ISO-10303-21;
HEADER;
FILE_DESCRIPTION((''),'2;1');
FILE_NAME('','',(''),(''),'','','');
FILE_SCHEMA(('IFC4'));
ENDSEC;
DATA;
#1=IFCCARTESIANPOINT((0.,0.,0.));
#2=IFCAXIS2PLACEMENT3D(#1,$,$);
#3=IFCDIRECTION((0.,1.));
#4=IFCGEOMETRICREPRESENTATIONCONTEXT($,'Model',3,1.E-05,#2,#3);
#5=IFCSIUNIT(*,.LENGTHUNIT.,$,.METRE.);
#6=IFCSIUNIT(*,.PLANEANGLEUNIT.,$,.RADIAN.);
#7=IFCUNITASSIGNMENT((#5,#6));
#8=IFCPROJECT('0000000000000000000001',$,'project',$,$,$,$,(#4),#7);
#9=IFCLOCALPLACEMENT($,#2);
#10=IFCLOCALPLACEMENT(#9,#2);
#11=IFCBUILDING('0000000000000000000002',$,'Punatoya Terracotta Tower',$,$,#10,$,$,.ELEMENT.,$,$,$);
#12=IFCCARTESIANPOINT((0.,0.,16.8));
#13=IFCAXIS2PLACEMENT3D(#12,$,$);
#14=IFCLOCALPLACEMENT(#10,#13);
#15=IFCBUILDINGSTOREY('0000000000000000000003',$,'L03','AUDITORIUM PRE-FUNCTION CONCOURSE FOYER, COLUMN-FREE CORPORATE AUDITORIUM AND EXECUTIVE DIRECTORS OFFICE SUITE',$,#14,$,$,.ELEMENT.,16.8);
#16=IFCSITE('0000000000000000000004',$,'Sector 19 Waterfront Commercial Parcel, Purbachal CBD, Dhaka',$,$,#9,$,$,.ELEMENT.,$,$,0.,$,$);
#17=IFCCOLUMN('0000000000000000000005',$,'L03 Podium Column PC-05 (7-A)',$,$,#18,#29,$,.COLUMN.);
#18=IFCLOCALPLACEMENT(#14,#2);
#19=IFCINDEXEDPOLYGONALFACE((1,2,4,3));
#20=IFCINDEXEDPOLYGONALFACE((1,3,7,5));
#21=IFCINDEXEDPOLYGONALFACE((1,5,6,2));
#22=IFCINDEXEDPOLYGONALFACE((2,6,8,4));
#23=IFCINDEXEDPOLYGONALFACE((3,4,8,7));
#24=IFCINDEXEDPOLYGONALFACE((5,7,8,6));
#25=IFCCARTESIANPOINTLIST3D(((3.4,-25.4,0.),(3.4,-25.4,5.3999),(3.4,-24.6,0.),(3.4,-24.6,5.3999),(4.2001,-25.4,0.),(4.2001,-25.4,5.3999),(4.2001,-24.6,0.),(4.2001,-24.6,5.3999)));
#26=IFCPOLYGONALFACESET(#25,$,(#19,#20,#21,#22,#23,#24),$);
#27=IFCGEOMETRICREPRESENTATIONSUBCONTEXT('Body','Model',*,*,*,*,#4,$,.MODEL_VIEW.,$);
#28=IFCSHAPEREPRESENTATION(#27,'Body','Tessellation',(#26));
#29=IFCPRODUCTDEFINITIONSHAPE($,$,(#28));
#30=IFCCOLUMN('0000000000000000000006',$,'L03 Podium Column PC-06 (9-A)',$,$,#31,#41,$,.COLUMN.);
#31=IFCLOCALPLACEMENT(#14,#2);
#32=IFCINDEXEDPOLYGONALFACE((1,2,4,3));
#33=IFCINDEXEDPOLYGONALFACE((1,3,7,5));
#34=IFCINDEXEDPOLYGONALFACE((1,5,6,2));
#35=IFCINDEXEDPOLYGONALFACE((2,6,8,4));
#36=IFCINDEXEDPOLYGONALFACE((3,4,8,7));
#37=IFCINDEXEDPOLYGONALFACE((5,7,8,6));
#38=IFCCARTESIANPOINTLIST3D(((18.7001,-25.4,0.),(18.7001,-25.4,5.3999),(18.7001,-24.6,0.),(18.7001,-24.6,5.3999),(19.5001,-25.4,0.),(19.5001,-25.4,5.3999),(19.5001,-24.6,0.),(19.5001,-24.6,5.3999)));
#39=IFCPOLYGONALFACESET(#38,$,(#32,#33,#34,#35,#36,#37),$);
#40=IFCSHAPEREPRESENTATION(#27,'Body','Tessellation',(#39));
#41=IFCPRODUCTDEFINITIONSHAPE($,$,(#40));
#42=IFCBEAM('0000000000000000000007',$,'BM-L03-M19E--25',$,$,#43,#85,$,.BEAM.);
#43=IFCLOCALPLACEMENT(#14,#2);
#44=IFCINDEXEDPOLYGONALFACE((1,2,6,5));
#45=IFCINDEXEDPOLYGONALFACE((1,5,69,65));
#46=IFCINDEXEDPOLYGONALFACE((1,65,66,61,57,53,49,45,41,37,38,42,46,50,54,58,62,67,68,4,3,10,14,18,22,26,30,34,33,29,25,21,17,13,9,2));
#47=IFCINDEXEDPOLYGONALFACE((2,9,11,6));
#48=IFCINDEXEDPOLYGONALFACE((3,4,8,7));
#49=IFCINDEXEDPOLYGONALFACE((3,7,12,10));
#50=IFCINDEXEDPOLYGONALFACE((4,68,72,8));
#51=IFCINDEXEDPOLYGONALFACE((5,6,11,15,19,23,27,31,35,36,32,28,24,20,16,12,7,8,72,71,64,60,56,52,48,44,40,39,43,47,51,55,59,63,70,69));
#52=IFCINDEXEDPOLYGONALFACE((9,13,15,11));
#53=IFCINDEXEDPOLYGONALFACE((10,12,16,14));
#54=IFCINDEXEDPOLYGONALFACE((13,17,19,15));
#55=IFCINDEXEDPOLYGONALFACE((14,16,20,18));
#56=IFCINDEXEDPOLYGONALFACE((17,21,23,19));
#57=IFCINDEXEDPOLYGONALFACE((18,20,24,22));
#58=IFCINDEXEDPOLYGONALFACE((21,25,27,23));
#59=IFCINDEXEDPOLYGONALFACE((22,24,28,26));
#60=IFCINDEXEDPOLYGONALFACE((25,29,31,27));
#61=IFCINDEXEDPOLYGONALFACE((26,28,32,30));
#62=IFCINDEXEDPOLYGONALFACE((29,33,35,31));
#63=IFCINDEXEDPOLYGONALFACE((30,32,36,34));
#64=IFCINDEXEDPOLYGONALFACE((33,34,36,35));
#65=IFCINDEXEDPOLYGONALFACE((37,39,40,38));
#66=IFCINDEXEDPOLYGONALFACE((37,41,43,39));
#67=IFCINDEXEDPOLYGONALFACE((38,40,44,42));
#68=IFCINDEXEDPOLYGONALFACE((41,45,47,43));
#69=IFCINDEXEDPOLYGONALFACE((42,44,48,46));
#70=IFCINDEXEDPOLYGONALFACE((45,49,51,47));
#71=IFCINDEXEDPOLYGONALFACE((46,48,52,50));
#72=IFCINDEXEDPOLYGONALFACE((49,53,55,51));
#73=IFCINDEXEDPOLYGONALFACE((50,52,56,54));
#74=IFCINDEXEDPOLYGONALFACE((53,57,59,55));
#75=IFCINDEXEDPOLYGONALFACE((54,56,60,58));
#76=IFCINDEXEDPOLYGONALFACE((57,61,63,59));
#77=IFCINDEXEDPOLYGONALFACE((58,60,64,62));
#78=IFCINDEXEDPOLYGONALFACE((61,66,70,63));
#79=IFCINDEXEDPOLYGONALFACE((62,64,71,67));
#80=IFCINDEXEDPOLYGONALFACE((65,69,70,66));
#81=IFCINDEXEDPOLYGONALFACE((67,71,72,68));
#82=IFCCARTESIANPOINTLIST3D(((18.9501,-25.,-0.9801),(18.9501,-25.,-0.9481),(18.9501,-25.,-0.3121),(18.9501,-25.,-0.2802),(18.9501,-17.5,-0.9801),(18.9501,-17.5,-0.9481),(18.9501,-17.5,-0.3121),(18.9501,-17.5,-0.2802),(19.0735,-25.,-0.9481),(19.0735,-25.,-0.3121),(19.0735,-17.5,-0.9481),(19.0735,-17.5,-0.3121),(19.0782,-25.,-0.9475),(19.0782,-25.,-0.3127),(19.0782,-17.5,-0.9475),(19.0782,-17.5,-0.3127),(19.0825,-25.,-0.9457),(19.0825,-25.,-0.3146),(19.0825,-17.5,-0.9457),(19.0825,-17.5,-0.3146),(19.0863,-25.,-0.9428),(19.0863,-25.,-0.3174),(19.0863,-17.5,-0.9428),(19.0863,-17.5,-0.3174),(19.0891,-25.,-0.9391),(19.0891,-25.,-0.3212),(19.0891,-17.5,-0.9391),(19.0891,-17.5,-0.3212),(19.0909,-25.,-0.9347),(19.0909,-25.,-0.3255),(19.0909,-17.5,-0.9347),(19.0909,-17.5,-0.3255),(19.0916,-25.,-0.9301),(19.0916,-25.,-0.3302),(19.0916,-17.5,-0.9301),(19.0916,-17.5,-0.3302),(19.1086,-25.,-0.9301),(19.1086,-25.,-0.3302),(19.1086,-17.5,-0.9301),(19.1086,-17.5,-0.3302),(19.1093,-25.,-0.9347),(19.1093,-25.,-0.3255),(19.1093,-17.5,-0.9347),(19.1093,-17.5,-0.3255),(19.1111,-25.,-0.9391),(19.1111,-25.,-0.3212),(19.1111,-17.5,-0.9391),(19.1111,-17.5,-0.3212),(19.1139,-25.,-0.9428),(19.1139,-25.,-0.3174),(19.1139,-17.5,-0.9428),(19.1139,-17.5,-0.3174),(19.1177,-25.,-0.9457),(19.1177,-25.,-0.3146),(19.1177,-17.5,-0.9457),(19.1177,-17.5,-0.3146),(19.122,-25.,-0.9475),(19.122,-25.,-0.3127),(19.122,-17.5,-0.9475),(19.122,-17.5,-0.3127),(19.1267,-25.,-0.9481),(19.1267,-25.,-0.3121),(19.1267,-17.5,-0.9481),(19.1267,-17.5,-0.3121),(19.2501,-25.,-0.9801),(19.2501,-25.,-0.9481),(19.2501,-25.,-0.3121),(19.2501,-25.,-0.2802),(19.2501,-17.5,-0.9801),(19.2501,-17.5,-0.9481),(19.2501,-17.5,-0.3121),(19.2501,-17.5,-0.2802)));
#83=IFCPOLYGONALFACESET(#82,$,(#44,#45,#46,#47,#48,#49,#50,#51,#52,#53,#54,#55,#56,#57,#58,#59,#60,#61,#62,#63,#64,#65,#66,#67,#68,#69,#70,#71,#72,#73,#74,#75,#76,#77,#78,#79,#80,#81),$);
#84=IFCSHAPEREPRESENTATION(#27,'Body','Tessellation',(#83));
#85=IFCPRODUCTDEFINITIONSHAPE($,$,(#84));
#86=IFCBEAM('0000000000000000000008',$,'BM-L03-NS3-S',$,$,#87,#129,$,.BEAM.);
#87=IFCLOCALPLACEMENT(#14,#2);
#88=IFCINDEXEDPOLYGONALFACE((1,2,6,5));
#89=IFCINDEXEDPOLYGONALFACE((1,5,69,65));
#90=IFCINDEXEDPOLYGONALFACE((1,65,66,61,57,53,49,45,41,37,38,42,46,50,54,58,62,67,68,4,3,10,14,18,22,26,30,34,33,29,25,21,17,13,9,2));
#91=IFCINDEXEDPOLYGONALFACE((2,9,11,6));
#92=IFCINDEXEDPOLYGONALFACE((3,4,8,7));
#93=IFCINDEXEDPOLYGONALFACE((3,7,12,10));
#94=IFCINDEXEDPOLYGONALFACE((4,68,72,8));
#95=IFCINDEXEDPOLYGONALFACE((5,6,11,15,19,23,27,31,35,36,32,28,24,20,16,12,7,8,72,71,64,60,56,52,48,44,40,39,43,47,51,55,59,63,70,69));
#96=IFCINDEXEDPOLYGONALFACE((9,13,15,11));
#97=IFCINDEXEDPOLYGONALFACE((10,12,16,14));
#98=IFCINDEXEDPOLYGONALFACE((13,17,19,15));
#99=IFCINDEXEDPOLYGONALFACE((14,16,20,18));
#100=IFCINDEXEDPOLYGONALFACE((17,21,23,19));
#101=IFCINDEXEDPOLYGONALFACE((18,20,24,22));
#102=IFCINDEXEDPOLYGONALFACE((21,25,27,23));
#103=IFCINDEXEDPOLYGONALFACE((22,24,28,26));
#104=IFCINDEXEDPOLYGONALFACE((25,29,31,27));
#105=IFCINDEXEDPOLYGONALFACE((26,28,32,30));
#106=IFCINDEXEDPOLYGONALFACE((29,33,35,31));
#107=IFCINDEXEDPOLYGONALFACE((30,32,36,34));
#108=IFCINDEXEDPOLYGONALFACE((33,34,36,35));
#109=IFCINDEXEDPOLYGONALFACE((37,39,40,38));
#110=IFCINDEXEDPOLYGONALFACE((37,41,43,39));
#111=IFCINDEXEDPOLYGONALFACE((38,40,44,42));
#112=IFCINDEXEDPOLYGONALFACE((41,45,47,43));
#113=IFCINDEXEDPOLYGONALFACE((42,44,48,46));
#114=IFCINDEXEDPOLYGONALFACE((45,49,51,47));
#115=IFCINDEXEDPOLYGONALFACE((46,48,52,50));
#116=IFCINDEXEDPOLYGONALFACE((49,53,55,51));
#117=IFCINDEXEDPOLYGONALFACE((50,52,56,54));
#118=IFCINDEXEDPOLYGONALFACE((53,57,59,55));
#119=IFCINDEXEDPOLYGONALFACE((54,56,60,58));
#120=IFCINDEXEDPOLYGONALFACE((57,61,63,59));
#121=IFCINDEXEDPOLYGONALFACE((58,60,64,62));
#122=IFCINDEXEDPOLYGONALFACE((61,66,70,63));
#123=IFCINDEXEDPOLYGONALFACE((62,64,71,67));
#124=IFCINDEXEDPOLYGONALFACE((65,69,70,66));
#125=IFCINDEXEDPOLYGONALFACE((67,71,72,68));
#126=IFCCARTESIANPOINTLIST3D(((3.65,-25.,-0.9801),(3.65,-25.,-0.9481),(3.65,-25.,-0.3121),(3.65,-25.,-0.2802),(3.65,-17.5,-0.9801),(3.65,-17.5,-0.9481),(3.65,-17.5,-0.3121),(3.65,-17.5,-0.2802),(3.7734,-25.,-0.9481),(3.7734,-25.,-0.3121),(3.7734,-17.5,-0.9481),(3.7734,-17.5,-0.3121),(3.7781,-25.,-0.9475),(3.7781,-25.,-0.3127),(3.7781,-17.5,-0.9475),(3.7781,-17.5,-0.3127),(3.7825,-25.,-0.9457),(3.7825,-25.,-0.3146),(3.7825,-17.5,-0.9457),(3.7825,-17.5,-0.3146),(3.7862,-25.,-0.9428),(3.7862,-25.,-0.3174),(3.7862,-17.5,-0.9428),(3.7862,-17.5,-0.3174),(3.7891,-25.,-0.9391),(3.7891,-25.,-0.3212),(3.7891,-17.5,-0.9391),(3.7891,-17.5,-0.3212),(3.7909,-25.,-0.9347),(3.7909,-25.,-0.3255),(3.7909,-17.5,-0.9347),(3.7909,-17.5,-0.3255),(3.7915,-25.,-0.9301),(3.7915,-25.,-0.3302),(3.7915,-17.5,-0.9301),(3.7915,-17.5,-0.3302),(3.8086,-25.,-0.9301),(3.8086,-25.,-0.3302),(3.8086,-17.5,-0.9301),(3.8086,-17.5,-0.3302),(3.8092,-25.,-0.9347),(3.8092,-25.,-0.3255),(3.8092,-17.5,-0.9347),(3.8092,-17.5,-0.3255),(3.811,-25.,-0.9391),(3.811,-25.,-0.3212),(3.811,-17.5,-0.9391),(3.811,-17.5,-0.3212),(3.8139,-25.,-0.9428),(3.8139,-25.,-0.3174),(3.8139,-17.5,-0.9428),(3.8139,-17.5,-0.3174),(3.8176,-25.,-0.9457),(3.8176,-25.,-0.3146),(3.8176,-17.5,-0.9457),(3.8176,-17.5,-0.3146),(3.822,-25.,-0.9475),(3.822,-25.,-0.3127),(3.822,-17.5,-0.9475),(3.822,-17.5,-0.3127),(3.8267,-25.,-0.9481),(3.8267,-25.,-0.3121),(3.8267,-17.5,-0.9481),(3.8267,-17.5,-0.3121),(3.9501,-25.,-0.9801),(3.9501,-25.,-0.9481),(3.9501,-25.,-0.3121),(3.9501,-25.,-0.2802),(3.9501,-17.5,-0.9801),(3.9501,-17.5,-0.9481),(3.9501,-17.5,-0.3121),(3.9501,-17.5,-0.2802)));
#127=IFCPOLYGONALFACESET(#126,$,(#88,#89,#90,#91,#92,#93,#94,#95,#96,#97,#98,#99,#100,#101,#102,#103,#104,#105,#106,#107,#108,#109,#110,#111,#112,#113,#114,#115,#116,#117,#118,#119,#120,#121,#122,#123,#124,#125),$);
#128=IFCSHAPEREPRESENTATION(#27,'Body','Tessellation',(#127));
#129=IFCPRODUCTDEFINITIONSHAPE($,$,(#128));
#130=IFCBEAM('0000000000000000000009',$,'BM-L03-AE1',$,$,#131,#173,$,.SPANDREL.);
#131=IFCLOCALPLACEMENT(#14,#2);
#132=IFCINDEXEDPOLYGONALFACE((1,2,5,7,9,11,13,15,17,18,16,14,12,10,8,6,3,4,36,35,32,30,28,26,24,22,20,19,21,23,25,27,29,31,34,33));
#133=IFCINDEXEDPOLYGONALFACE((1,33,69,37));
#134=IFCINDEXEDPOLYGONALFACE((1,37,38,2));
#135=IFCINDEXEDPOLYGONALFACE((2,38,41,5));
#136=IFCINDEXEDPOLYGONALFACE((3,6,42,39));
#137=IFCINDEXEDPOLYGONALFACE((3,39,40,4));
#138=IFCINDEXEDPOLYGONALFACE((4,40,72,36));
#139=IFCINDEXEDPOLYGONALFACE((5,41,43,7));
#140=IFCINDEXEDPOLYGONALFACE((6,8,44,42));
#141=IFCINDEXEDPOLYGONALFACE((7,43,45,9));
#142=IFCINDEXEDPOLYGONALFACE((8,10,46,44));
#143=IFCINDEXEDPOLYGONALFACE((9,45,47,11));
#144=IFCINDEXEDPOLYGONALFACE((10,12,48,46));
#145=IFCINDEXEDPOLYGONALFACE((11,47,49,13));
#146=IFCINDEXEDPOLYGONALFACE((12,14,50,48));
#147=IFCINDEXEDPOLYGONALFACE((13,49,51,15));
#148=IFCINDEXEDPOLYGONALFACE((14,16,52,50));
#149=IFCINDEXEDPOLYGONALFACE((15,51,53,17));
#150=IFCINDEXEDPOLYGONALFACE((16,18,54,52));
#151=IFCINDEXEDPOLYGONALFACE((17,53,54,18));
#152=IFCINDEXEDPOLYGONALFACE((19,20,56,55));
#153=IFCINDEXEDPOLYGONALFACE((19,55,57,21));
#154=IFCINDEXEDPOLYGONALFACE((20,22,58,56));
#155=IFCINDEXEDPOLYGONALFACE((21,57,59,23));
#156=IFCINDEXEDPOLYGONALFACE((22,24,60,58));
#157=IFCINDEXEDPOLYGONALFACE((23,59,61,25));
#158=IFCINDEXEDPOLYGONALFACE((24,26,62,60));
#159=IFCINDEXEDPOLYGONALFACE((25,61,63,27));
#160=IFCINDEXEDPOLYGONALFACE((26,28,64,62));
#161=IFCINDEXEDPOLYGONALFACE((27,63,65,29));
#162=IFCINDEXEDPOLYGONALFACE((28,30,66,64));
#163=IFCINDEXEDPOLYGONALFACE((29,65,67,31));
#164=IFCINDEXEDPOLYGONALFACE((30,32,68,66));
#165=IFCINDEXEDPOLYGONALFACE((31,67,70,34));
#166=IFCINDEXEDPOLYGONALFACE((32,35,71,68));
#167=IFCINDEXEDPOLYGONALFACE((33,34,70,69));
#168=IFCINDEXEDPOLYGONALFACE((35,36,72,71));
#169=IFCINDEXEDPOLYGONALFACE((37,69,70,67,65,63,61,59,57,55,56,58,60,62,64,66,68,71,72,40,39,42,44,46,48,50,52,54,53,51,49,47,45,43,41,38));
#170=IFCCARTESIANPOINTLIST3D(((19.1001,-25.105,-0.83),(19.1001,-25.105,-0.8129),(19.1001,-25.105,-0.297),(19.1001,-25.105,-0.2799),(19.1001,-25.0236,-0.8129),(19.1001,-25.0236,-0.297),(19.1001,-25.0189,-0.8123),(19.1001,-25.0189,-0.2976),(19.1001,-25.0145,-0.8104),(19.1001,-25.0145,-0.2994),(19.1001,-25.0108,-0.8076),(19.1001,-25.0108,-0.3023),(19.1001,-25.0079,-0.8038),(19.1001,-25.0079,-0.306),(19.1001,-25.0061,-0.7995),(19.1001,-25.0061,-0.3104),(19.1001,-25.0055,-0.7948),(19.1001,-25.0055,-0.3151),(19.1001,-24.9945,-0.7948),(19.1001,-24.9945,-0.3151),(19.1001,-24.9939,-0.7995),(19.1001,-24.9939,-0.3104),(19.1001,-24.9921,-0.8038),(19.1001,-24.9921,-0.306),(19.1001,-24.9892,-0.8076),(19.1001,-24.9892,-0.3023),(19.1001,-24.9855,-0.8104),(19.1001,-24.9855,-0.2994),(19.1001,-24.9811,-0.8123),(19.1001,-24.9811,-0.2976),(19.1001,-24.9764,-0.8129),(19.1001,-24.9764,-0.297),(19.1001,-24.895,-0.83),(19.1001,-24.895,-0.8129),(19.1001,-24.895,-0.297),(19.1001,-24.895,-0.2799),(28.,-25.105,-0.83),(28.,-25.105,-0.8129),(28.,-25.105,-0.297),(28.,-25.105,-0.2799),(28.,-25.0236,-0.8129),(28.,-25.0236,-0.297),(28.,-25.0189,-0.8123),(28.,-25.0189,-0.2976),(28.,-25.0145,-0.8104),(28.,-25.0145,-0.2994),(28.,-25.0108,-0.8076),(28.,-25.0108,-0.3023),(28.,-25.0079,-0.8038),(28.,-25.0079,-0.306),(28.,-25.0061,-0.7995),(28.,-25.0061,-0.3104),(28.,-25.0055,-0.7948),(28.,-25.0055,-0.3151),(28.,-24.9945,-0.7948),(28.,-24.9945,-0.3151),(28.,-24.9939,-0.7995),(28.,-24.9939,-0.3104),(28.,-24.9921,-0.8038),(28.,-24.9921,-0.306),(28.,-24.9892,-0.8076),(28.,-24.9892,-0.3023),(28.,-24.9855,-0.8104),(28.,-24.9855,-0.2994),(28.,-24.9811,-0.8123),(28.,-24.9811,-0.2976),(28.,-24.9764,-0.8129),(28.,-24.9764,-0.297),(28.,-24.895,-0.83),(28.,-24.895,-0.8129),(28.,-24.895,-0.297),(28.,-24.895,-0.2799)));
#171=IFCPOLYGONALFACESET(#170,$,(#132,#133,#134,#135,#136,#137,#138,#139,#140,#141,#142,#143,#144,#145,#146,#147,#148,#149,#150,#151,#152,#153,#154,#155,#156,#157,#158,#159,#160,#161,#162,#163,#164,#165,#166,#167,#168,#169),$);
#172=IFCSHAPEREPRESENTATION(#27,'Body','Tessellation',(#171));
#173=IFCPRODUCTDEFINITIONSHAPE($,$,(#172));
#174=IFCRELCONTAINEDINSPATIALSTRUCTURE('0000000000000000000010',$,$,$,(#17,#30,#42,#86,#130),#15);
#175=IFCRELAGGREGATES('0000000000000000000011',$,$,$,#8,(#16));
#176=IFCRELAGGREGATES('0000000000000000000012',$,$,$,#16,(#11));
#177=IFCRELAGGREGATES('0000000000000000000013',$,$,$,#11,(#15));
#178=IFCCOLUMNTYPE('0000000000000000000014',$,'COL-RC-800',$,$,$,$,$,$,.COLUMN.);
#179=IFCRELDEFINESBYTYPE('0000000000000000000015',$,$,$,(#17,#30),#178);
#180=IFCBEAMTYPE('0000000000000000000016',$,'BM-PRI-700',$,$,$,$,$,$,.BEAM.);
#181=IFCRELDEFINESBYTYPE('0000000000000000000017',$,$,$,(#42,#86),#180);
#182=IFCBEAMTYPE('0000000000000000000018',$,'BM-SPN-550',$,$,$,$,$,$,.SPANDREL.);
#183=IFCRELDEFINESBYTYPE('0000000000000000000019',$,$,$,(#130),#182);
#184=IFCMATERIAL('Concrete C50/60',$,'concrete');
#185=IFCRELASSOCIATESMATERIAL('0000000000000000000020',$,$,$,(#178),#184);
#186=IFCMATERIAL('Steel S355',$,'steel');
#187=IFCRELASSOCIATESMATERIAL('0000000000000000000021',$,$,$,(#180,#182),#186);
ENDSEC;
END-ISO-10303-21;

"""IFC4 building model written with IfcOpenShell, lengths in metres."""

from ifc_helpers import new_model, si_unit, direction, frame, origin, origin_2d, place, context, subcontext, project, spatial, rectangle, i_section, extrude, material, material_profile, profile_set, type_object, element, save


model = new_model("IFC4")

# Units and contexts
model_context = context("Model", 3, precision=1e-05, world=origin(), true_north=direction((0.0, 1.0)))
body_context = subcontext(model_context, "Body", "Model", "MODEL_VIEW")
ifc_project = project(units=[si_unit("LENGTHUNIT", "METRE"), si_unit("PLANEANGLEUNIT", "RADIAN")], contexts=[model_context])

# Site, building, storey
site_placement = place(None, origin())
site = spatial("IfcSite", under=ifc_project, at=site_placement, Name="Sector 19 Waterfront Commercial Parcel, Purbachal CBD, Dhaka", CompositionType="ELEMENT", RefElevation=0.0)
building_placement = place(site_placement, origin())
building = spatial("IfcBuilding", under=site, at=building_placement, Name="Punatoya Terracotta Tower", CompositionType="ELEMENT")
storey_placement = place(building_placement, frame((0.0, 0.0, 16.8)))
storey = spatial("IfcBuildingStorey", under=building, at=storey_placement, Name="L03", Description="AUDITORIUM PRE-FUNCTION CONCOURSE FOYER, COLUMN-FREE CORPORATE AUDITORIUM AND EXECUTIVE DIRECTORS OFFICE SUITE", CompositionType="ELEMENT", Elevation=16.8)

# Columns
ifc_material_1 = material(Name="Concrete C50/60", Category="concrete")
ifc_material_profile_1 = material_profile(ifc_material_1, rectangle(XDim=0.8, YDim=0.8, at=origin_2d()))
ifc_profile_set_1 = profile_set([ifc_material_profile_1], Name="Concrete C50/60")
column_type = type_object("IfcColumnType", Name="COL-RC-800", PredefinedType="COLUMN", material=ifc_profile_set_1)
for number, where, z_axis, x_axis, name in (
    (1, (3.8, -25.0, 0.0), (0.0, 0.0, 1.0), (1.0, 0.0, 0.0), "L03 Podium Column PC-05 (7-A)"),
    (2, (19.1001, -25.0, 0.0), (0.0, 0.0, 1.0), (1.0, 0.0, 0.0), "L03 Podium Column PC-06 (9-A)"),
):
    element("IfcColumn", number, at=place(storey_placement, frame(where, z_axis=z_axis, x_axis=x_axis)), inside=storey, type_object=column_type, Name=name, PredefinedType="COLUMN", context=body_context, shape_type="SweptSolid", body=[
        extrude(rectangle(XDim=0.8, YDim=0.8, at=origin_2d()), origin(), (0.0, 0.0, 1.0), 5.3999),
    ])

# Beams
ifc_material_2 = material(Name="Steel S355", Category="steel")
ifc_material_profile_2 = material_profile(ifc_material_2, i_section(OverallWidth=0.3, OverallDepth=0.7, WebThickness=0.0171, FlangeThickness=0.032, FilletRadius=0.0181, at=origin_2d()))
ifc_profile_set_2 = profile_set([ifc_material_profile_2], Name="Steel S355")
beam_type_1 = type_object("IfcBeamType", Name="BM-PRI-700", PredefinedType="BEAM", material=ifc_profile_set_2)
for number, where, z_axis, x_axis, name in (
    (3, (19.1001, -25.0, -0.6301), (0.0, 1.0, 0.0), (-1.0, 0.0, 0.0), "BM-L03-M19E--25"),
    (4, (3.8, -25.0, -0.6301), (0.0, 1.0, 0.0), (-1.0, 0.0, 0.0), "BM-L03-NS3-S"),
):
    element("IfcBeam", number, at=place(storey_placement, frame(where, z_axis=z_axis, x_axis=x_axis)), inside=storey, type_object=beam_type_1, Name=name, PredefinedType="BEAM", context=body_context, shape_type="SweptSolid", body=[
        extrude(i_section(OverallWidth=0.3, OverallDepth=0.7, WebThickness=0.0171, FlangeThickness=0.032, FilletRadius=0.0181, at=origin_2d()), origin(), (0.0, 0.0, 1.0), 7.5),
    ])
ifc_material_profile_3 = material_profile(ifc_material_2, i_section(OverallWidth=0.21, OverallDepth=0.55, WebThickness=0.011, FlangeThickness=0.0171, FilletRadius=0.0181, at=origin_2d()))
ifc_profile_set_3 = profile_set([ifc_material_profile_3], Name="Steel S355")
beam_type_2 = type_object("IfcBeamType", Name="BM-SPN-550", PredefinedType="SPANDREL", material=ifc_profile_set_3)
beam_1_placement = place(storey_placement, frame((19.1001, -25.0, -0.5549), z_axis=(1.0, 0.0, 0.0), x_axis=(0.0, 1.0, 0.0)))
element("IfcBeam", 5, at=beam_1_placement, inside=storey, type_object=beam_type_2, Name="BM-L03-AE1", PredefinedType="SPANDREL", context=body_context, shape_type="SweptSolid", body=[
    extrude(i_section(OverallWidth=0.21, OverallDepth=0.55, WebThickness=0.011, FlangeThickness=0.0171, FilletRadius=0.0181, at=origin_2d()), origin(), (0.0, 0.0, 1.0), 8.8999),
])

save(model, "model.ifc")
